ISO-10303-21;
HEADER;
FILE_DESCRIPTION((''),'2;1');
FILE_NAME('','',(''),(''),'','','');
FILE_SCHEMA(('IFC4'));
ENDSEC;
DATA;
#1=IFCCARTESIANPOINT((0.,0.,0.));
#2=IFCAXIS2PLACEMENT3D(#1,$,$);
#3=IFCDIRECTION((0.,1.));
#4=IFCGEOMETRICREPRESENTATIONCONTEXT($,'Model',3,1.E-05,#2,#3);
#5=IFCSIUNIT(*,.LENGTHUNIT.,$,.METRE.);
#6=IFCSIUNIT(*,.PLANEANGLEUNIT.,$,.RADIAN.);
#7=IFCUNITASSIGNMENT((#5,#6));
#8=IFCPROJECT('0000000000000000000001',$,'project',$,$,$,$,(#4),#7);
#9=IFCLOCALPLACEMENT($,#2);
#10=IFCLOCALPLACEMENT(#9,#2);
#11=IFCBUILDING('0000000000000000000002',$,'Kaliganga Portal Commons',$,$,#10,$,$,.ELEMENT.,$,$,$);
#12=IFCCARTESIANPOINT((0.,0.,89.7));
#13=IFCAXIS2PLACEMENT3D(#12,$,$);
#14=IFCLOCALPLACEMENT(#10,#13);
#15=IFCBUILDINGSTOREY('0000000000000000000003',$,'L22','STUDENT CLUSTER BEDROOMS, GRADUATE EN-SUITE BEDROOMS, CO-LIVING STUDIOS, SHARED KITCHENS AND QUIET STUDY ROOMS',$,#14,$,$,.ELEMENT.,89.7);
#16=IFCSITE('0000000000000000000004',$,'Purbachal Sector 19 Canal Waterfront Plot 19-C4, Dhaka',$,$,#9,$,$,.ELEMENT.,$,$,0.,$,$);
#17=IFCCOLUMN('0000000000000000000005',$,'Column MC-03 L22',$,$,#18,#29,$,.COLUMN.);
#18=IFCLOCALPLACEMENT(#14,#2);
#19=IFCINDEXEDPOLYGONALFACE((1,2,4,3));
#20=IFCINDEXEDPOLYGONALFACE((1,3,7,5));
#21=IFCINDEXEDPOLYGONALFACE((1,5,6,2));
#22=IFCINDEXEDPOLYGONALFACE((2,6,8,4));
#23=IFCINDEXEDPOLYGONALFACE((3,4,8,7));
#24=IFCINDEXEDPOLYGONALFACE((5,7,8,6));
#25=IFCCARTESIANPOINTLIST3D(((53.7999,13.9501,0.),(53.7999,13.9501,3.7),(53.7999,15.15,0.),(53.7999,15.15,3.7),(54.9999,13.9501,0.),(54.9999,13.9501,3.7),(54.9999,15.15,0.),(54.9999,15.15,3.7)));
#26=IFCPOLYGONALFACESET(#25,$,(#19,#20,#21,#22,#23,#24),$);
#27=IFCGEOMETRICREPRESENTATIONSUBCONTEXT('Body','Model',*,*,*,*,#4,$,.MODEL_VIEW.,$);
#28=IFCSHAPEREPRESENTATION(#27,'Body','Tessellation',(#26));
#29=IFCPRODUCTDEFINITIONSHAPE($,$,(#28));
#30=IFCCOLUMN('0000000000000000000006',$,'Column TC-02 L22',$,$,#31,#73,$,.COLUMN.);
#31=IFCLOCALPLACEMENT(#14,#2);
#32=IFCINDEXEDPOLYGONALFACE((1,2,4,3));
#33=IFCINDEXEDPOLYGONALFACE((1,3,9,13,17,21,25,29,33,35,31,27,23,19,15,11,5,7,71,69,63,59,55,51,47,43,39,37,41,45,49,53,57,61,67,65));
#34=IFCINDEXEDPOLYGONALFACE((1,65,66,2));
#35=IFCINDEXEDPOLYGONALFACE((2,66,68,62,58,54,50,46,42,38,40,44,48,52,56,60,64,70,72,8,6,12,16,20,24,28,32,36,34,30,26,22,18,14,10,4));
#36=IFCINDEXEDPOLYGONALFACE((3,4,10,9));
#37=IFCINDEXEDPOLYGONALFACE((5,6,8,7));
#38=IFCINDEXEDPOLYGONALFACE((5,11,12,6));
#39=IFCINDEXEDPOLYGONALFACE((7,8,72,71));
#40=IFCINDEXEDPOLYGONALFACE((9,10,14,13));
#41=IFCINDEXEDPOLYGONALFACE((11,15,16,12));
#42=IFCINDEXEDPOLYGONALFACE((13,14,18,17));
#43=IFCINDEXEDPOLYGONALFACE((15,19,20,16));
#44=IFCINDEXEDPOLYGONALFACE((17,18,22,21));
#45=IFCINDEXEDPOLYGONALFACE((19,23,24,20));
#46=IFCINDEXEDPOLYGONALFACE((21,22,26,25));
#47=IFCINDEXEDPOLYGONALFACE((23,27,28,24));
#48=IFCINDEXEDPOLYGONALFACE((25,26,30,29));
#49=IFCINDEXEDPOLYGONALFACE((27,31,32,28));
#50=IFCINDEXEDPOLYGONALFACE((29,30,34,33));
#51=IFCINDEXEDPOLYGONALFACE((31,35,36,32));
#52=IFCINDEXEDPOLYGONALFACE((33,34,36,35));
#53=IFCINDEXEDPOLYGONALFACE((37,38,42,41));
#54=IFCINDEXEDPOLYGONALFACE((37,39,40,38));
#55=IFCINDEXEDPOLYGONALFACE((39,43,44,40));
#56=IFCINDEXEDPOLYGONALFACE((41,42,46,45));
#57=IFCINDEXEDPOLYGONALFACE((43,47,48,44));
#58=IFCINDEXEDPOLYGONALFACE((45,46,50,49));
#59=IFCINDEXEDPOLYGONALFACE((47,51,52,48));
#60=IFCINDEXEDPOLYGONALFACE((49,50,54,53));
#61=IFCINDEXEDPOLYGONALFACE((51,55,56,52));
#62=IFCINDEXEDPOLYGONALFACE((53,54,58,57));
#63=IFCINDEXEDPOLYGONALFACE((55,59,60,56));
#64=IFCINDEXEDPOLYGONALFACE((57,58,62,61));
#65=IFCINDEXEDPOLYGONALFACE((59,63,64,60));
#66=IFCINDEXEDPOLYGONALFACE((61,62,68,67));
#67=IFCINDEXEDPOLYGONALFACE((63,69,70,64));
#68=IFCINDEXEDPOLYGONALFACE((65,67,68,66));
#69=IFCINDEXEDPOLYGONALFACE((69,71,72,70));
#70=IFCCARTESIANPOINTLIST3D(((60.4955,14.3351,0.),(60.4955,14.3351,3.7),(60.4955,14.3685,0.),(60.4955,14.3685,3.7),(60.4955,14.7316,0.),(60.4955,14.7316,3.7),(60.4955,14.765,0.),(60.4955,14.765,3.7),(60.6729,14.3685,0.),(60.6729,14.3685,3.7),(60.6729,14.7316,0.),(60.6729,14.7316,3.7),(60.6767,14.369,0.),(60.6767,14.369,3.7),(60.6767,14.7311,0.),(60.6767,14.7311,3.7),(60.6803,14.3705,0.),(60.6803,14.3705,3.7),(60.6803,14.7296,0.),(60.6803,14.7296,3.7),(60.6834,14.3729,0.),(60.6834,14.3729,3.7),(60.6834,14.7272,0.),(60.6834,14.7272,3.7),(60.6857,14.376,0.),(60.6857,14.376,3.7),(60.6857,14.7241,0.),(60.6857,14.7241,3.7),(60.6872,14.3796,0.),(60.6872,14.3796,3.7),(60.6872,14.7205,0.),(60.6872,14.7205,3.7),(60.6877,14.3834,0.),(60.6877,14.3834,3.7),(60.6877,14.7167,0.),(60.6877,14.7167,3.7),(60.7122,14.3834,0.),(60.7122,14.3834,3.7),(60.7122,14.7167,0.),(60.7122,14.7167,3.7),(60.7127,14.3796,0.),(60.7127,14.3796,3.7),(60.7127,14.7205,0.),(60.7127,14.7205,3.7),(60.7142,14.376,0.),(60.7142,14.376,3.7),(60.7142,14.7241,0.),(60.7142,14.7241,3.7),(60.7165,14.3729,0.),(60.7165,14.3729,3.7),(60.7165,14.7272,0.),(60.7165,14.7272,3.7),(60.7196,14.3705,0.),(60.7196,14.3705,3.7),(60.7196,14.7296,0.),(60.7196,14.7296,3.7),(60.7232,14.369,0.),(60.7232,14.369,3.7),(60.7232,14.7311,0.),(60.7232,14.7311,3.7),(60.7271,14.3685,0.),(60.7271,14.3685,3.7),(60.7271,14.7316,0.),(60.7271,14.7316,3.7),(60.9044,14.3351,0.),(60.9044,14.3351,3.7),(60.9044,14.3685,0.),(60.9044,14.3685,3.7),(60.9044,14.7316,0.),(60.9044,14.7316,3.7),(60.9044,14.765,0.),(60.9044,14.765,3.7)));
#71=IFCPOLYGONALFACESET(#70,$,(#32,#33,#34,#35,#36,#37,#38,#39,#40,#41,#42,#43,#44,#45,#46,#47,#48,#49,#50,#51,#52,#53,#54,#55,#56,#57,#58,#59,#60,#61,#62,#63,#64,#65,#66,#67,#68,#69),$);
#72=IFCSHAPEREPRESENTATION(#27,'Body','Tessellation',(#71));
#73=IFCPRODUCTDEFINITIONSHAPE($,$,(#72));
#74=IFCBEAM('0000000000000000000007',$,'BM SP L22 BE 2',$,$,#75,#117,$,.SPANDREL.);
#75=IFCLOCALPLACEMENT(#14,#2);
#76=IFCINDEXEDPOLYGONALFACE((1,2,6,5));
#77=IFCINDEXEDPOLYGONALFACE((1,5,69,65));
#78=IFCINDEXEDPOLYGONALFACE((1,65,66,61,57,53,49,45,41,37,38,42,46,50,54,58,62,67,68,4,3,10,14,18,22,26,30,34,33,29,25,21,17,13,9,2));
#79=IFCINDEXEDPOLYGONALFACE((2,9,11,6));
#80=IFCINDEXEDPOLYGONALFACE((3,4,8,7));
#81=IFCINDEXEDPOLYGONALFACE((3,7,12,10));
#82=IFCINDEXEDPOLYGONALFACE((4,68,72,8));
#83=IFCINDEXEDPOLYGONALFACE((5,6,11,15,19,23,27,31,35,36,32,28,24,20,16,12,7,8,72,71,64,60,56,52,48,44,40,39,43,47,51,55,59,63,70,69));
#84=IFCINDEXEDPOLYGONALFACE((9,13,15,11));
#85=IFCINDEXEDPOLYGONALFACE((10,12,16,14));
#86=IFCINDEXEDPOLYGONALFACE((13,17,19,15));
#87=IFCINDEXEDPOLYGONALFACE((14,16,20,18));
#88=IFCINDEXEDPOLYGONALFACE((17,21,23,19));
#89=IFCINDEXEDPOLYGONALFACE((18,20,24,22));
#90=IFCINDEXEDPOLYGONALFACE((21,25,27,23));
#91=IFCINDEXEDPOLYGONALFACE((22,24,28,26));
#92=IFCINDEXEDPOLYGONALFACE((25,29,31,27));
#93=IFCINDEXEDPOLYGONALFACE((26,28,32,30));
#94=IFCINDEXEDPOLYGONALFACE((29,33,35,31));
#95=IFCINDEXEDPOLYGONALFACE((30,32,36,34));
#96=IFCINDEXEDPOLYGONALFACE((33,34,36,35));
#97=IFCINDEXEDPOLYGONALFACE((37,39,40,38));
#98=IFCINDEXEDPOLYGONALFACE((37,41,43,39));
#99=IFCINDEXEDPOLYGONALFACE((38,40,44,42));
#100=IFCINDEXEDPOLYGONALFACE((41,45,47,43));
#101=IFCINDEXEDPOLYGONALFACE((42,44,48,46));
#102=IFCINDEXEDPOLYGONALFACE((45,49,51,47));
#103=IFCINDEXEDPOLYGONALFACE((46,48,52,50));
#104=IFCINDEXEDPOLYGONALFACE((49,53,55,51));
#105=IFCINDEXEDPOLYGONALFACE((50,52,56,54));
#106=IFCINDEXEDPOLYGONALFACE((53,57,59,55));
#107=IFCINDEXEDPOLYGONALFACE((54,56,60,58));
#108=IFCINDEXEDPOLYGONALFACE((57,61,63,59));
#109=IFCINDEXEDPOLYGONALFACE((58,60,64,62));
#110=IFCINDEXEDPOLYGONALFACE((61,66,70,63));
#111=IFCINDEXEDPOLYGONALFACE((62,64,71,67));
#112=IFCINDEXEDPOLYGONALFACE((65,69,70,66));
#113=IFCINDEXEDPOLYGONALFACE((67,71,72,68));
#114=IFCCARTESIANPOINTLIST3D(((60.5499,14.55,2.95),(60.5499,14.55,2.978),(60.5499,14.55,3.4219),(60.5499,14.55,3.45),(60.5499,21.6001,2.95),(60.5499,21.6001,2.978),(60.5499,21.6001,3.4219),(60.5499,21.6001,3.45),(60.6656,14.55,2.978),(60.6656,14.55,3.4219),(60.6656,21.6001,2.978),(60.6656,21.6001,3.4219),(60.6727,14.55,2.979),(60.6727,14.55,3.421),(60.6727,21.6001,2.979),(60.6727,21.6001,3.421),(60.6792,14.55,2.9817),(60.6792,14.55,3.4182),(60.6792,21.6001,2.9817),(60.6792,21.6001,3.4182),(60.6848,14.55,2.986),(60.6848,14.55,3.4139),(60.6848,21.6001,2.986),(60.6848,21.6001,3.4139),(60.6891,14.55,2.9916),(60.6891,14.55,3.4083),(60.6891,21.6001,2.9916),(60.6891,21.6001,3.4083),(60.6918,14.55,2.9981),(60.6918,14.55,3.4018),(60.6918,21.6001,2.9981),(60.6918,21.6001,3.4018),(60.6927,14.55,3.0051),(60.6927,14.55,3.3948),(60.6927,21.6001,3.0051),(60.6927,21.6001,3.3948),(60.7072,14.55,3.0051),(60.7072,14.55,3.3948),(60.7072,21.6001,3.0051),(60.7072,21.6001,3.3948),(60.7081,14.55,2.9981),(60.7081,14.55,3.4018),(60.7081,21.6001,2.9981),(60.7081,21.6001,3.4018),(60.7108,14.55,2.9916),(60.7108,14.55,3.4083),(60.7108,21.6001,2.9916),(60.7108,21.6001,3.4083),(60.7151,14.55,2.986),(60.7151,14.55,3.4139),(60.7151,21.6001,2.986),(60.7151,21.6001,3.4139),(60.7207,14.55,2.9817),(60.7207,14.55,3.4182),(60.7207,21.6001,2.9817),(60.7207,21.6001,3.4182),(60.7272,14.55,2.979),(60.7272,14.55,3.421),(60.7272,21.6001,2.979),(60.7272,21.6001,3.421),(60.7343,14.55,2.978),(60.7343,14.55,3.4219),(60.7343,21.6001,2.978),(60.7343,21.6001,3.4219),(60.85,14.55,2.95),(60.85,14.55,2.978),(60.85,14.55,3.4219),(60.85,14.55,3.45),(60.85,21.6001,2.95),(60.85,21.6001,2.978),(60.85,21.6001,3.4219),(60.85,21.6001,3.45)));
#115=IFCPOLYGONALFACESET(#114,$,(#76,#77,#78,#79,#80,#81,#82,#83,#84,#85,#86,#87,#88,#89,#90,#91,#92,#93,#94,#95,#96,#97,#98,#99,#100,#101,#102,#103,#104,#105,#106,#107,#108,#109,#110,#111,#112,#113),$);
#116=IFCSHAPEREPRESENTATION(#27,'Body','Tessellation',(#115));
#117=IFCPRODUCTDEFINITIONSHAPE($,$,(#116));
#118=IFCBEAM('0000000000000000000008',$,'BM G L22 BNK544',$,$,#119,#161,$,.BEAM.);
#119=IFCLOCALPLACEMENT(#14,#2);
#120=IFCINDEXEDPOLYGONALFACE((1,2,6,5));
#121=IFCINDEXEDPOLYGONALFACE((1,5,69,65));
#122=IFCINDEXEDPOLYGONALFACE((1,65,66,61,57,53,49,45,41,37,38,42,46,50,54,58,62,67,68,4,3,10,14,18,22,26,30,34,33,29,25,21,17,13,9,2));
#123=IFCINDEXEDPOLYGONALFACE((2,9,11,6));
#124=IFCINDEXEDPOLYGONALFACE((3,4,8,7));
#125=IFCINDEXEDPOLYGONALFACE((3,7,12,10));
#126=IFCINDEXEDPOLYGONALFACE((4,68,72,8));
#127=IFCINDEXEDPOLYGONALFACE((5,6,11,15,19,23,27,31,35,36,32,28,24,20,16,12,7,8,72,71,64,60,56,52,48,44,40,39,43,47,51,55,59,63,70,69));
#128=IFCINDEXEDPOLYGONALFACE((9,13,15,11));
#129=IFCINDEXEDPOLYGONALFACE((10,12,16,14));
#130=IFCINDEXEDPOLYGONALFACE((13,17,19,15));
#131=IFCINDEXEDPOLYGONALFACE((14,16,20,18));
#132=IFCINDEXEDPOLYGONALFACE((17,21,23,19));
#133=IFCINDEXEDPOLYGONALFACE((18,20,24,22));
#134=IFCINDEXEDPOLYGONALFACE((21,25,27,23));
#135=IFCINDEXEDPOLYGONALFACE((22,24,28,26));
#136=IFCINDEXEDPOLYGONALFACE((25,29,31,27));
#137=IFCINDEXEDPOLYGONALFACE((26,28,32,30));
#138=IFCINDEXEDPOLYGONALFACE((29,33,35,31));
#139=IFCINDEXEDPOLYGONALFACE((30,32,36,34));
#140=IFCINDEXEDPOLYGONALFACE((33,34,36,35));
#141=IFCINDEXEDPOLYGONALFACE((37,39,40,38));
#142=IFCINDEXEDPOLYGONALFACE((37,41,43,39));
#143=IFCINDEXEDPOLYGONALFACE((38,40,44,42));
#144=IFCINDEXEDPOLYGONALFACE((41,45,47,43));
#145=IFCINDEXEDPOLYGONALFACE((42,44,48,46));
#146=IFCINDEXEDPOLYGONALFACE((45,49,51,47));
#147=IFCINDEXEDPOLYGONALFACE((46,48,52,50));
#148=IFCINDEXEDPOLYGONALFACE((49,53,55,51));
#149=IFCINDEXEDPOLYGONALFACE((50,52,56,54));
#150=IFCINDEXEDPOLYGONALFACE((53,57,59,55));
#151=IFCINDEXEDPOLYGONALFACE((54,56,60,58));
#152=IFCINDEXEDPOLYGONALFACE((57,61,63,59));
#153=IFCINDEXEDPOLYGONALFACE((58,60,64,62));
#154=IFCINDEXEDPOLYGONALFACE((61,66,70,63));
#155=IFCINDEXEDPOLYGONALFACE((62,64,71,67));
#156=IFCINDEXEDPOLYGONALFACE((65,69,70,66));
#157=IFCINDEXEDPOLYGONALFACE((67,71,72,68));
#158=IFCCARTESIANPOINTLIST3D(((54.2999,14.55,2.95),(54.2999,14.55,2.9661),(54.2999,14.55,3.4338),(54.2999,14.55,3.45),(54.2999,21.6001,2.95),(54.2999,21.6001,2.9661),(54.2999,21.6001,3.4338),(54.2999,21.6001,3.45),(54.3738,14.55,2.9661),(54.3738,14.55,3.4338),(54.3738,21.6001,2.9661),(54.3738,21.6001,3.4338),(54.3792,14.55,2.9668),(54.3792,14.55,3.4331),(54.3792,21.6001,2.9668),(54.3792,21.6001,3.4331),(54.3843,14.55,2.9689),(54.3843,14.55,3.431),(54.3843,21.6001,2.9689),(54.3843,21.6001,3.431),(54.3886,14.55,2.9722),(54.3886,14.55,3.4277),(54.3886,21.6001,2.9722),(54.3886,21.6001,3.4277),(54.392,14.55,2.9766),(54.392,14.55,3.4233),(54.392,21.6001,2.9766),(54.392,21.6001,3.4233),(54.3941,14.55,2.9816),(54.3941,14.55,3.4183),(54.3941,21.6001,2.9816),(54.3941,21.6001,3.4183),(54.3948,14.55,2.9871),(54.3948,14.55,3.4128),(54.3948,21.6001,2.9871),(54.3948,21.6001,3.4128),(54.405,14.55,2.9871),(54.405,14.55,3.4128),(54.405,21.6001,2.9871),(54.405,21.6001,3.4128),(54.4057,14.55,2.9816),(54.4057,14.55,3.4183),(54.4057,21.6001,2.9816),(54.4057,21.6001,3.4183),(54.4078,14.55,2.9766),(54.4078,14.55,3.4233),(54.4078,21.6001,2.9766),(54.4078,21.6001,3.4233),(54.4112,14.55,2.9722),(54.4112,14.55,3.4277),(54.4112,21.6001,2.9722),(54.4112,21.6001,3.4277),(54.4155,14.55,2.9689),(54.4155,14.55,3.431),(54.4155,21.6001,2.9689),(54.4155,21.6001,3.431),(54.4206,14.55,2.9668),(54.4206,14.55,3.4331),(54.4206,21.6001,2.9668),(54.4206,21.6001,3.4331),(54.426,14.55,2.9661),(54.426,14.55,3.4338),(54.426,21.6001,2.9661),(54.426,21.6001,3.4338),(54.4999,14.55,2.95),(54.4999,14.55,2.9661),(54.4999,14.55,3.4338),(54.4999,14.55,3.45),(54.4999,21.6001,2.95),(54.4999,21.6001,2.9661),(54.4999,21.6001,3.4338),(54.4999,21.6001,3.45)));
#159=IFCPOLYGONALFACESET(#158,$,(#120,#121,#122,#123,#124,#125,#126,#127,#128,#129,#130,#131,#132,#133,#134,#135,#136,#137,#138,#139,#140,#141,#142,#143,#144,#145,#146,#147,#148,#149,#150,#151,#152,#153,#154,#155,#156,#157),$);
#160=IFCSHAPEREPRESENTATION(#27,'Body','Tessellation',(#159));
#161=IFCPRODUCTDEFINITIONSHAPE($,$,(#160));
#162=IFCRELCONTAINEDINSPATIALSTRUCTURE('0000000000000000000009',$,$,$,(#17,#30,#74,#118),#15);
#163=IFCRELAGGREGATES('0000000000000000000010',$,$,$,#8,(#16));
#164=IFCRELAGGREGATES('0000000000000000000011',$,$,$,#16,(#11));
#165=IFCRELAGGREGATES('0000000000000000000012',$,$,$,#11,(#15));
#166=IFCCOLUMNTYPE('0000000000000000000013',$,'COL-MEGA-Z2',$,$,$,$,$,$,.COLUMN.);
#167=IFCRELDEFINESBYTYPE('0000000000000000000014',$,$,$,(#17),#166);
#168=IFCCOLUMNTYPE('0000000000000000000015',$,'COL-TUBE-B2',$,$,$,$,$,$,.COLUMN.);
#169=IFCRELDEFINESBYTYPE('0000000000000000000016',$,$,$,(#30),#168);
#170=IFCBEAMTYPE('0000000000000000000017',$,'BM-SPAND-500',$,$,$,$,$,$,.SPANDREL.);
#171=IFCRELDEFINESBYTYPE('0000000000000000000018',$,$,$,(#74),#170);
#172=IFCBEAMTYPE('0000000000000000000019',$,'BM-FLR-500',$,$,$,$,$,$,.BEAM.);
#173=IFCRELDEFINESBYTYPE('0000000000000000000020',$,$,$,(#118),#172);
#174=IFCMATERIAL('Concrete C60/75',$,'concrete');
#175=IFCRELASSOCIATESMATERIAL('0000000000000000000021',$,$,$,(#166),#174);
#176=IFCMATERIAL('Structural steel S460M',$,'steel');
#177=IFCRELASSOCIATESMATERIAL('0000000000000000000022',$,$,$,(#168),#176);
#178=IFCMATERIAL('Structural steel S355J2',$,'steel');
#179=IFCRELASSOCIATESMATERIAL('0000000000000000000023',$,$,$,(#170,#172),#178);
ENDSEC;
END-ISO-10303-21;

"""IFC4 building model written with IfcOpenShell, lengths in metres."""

from ifc_helpers import new_model, si_unit, direction, frame, origin, origin_2d, place, context, subcontext, project, spatial, rectangle, i_section, extrude, source, transform, mapped, material, material_profile, profile_set, type_object, element, save


model = new_model("IFC4")

# Units and contexts
model_context = context("Model", 3, precision=1e-05, world=origin(), true_north=direction((0.0, 1.0)))
body_context = subcontext(model_context, "Body", "Model", "MODEL_VIEW")
ifc_project = project(units=[si_unit("LENGTHUNIT", "METRE"), si_unit("PLANEANGLEUNIT", "RADIAN")], contexts=[model_context])

# Site, building, storey
site_placement = place(None, origin())
site = spatial("IfcSite", under=ifc_project, at=site_placement, Name="Purbachal Sector 19 Canal Waterfront Plot 19-C4, Dhaka", CompositionType="ELEMENT", RefElevation=0.0)
building_placement = place(site_placement, origin())
building = spatial("IfcBuilding", under=site, at=building_placement, Name="Kaliganga Portal Commons", CompositionType="ELEMENT")
storey_placement = place(building_placement, frame((0.0, 0.0, 89.7)))
storey = spatial("IfcBuildingStorey", under=building, at=storey_placement, Name="L22", Description="STUDENT CLUSTER BEDROOMS, GRADUATE EN-SUITE BEDROOMS, CO-LIVING STUDIOS, SHARED KITCHENS AND QUIET STUDY ROOMS", CompositionType="ELEMENT", Elevation=89.7)

# Columns
ifc_material_1 = material(Name="Concrete C60/75", Category="concrete")
ifc_material_profile_1 = material_profile(ifc_material_1, rectangle(XDim=1.2, YDim=1.2, at=origin_2d()), Name="RC 1200x1200")
ifc_profile_set_1 = profile_set([ifc_material_profile_1], Name="Concrete C60/75")
column_type_1 = type_object("IfcColumnType", Name="COL-MEGA-Z2", PredefinedType="COLUMN", material=ifc_profile_set_1)
shared_shape_1 = source(origin(), body_context, "Body", "SweptSolid", [
    extrude(rectangle(XDim=1.2, YDim=1.2, at=origin_2d()), origin(), (0.0, 0.0, 1.0), 3.7),
])
column_1_placement = place(storey_placement, frame((54.3999, 14.55, 0.0), z_axis=(0.0, 0.0, 1.0), x_axis=(1.0, 0.0, 0.0)))
element("IfcColumn", 1, at=column_1_placement, inside=storey, type_object=column_type_1, Name="Column MC-03 L22", PredefinedType="COLUMN", context=body_context, shape_type="MappedRepresentation", body=[
    mapped(shared_shape_1, transform((0.0, 0.0, 0.0), x_axis=(1.0, 0.0, 0.0), y_axis=(0.0, 1.0, 0.0), z_axis=(0.0, 0.0, 1.0), scale=1.0)),
])
ifc_material_2 = material(Name="Structural steel S460M", Category="steel")
ifc_material_profile_2 = material_profile(ifc_material_2, i_section(OverallWidth=0.4089, OverallDepth=0.4299, WebThickness=0.0244, FlangeThickness=0.0334, FilletRadius=0.0149, at=origin_2d()), Name="HD 400x421")
ifc_profile_set_2 = profile_set([ifc_material_profile_2], Name="Structural steel S460M wide-flange")
column_type_2 = type_object("IfcColumnType", Name="COL-TUBE-B2", PredefinedType="COLUMN", material=ifc_profile_set_2)
shared_shape_2 = source(origin(), body_context, "Body", "SweptSolid", [
    extrude(i_section(OverallWidth=0.4089, OverallDepth=0.4299, WebThickness=0.0244, FlangeThickness=0.0334, FilletRadius=0.0149, at=origin_2d()), origin(), (0.0, 0.0, 1.0), 3.7),
])
column_2_placement = place(storey_placement, frame((60.7, 14.55, 0.0), z_axis=(0.0, 0.0, 1.0), x_axis=(1.0, 0.0, 0.0)))
element("IfcColumn", 2, at=column_2_placement, inside=storey, type_object=column_type_2, Name="Column TC-02 L22", PredefinedType="COLUMN", context=body_context, shape_type="MappedRepresentation", body=[
    mapped(shared_shape_2, transform((0.0, 0.0, 0.0), x_axis=(1.0, 0.0, 0.0), y_axis=(0.0, 1.0, 0.0), z_axis=(0.0, 0.0, 1.0), scale=1.0)),
])

# Beams
ifc_material_3 = material(Name="Structural steel S355J2", Category="steel")
ifc_material_profile_3 = material_profile(ifc_material_3, i_section(OverallWidth=0.3, OverallDepth=0.5, WebThickness=0.0144, FlangeThickness=0.0281, FilletRadius=0.0271, at=origin_2d()), Name="HE 500 B")
ifc_profile_set_3 = profile_set([ifc_material_profile_3], Name="Structural steel S355J2 wide-flange")
beam_type_1 = type_object("IfcBeamType", Name="BM-SPAND-500", PredefinedType="SPANDREL", material=ifc_profile_set_3)
shared_shape_3 = source(origin(), body_context, "Body", "SweptSolid", [
    extrude(i_section(OverallWidth=0.3, OverallDepth=0.5, WebThickness=0.0144, FlangeThickness=0.0281, FilletRadius=0.0271, at=origin_2d()), origin(), (0.0, 0.0, 1.0), 7.05),
])
beam_1_placement = place(storey_placement, frame((60.7, 14.55, 3.2), z_axis=(0.0, 1.0, 0.0), x_axis=(-1.0, 0.0, 0.0)))
element("IfcBeam", 3, at=beam_1_placement, inside=storey, type_object=beam_type_1, Name="BM SP L22 BE 2", PredefinedType="SPANDREL", context=body_context, shape_type="MappedRepresentation", body=[
    mapped(shared_shape_3, transform((0.0, 0.0, 0.0), x_axis=(1.0, 0.0, 0.0), y_axis=(0.0, 1.0, 0.0), z_axis=(0.0, 0.0, 1.0), scale=1.0)),
])
ifc_material_profile_4 = material_profile(ifc_material_3, i_section(OverallWidth=0.2, OverallDepth=0.5, WebThickness=0.0103, FlangeThickness=0.0161, FilletRadius=0.021, at=origin_2d()), Name="IPE 500")
ifc_profile_set_4 = profile_set([ifc_material_profile_4], Name="Structural steel S355J2 wide-flange")
beam_type_2 = type_object("IfcBeamType", Name="BM-FLR-500", PredefinedType="BEAM", material=ifc_profile_set_4)
shared_shape_4 = source(origin(), body_context, "Body", "SweptSolid", [
    extrude(i_section(OverallWidth=0.2, OverallDepth=0.5, WebThickness=0.0103, FlangeThickness=0.0161, FilletRadius=0.021, at=origin_2d()), origin(), (0.0, 0.0, 1.0), 7.05),
])
beam_2_placement = place(storey_placement, frame((54.3999, 14.55, 3.2), z_axis=(0.0, 1.0, 0.0), x_axis=(-1.0, 0.0, 0.0)))
element("IfcBeam", 4, at=beam_2_placement, inside=storey, type_object=beam_type_2, Name="BM G L22 BNK544", PredefinedType="BEAM", context=body_context, shape_type="MappedRepresentation", body=[
    mapped(shared_shape_4, transform((0.0, 0.0, 0.0), x_axis=(1.0, 0.0, 0.0), y_axis=(0.0, 1.0, 0.0), z_axis=(0.0, 0.0, 1.0), scale=1.0)),
])

save(model, "model.ifc")
